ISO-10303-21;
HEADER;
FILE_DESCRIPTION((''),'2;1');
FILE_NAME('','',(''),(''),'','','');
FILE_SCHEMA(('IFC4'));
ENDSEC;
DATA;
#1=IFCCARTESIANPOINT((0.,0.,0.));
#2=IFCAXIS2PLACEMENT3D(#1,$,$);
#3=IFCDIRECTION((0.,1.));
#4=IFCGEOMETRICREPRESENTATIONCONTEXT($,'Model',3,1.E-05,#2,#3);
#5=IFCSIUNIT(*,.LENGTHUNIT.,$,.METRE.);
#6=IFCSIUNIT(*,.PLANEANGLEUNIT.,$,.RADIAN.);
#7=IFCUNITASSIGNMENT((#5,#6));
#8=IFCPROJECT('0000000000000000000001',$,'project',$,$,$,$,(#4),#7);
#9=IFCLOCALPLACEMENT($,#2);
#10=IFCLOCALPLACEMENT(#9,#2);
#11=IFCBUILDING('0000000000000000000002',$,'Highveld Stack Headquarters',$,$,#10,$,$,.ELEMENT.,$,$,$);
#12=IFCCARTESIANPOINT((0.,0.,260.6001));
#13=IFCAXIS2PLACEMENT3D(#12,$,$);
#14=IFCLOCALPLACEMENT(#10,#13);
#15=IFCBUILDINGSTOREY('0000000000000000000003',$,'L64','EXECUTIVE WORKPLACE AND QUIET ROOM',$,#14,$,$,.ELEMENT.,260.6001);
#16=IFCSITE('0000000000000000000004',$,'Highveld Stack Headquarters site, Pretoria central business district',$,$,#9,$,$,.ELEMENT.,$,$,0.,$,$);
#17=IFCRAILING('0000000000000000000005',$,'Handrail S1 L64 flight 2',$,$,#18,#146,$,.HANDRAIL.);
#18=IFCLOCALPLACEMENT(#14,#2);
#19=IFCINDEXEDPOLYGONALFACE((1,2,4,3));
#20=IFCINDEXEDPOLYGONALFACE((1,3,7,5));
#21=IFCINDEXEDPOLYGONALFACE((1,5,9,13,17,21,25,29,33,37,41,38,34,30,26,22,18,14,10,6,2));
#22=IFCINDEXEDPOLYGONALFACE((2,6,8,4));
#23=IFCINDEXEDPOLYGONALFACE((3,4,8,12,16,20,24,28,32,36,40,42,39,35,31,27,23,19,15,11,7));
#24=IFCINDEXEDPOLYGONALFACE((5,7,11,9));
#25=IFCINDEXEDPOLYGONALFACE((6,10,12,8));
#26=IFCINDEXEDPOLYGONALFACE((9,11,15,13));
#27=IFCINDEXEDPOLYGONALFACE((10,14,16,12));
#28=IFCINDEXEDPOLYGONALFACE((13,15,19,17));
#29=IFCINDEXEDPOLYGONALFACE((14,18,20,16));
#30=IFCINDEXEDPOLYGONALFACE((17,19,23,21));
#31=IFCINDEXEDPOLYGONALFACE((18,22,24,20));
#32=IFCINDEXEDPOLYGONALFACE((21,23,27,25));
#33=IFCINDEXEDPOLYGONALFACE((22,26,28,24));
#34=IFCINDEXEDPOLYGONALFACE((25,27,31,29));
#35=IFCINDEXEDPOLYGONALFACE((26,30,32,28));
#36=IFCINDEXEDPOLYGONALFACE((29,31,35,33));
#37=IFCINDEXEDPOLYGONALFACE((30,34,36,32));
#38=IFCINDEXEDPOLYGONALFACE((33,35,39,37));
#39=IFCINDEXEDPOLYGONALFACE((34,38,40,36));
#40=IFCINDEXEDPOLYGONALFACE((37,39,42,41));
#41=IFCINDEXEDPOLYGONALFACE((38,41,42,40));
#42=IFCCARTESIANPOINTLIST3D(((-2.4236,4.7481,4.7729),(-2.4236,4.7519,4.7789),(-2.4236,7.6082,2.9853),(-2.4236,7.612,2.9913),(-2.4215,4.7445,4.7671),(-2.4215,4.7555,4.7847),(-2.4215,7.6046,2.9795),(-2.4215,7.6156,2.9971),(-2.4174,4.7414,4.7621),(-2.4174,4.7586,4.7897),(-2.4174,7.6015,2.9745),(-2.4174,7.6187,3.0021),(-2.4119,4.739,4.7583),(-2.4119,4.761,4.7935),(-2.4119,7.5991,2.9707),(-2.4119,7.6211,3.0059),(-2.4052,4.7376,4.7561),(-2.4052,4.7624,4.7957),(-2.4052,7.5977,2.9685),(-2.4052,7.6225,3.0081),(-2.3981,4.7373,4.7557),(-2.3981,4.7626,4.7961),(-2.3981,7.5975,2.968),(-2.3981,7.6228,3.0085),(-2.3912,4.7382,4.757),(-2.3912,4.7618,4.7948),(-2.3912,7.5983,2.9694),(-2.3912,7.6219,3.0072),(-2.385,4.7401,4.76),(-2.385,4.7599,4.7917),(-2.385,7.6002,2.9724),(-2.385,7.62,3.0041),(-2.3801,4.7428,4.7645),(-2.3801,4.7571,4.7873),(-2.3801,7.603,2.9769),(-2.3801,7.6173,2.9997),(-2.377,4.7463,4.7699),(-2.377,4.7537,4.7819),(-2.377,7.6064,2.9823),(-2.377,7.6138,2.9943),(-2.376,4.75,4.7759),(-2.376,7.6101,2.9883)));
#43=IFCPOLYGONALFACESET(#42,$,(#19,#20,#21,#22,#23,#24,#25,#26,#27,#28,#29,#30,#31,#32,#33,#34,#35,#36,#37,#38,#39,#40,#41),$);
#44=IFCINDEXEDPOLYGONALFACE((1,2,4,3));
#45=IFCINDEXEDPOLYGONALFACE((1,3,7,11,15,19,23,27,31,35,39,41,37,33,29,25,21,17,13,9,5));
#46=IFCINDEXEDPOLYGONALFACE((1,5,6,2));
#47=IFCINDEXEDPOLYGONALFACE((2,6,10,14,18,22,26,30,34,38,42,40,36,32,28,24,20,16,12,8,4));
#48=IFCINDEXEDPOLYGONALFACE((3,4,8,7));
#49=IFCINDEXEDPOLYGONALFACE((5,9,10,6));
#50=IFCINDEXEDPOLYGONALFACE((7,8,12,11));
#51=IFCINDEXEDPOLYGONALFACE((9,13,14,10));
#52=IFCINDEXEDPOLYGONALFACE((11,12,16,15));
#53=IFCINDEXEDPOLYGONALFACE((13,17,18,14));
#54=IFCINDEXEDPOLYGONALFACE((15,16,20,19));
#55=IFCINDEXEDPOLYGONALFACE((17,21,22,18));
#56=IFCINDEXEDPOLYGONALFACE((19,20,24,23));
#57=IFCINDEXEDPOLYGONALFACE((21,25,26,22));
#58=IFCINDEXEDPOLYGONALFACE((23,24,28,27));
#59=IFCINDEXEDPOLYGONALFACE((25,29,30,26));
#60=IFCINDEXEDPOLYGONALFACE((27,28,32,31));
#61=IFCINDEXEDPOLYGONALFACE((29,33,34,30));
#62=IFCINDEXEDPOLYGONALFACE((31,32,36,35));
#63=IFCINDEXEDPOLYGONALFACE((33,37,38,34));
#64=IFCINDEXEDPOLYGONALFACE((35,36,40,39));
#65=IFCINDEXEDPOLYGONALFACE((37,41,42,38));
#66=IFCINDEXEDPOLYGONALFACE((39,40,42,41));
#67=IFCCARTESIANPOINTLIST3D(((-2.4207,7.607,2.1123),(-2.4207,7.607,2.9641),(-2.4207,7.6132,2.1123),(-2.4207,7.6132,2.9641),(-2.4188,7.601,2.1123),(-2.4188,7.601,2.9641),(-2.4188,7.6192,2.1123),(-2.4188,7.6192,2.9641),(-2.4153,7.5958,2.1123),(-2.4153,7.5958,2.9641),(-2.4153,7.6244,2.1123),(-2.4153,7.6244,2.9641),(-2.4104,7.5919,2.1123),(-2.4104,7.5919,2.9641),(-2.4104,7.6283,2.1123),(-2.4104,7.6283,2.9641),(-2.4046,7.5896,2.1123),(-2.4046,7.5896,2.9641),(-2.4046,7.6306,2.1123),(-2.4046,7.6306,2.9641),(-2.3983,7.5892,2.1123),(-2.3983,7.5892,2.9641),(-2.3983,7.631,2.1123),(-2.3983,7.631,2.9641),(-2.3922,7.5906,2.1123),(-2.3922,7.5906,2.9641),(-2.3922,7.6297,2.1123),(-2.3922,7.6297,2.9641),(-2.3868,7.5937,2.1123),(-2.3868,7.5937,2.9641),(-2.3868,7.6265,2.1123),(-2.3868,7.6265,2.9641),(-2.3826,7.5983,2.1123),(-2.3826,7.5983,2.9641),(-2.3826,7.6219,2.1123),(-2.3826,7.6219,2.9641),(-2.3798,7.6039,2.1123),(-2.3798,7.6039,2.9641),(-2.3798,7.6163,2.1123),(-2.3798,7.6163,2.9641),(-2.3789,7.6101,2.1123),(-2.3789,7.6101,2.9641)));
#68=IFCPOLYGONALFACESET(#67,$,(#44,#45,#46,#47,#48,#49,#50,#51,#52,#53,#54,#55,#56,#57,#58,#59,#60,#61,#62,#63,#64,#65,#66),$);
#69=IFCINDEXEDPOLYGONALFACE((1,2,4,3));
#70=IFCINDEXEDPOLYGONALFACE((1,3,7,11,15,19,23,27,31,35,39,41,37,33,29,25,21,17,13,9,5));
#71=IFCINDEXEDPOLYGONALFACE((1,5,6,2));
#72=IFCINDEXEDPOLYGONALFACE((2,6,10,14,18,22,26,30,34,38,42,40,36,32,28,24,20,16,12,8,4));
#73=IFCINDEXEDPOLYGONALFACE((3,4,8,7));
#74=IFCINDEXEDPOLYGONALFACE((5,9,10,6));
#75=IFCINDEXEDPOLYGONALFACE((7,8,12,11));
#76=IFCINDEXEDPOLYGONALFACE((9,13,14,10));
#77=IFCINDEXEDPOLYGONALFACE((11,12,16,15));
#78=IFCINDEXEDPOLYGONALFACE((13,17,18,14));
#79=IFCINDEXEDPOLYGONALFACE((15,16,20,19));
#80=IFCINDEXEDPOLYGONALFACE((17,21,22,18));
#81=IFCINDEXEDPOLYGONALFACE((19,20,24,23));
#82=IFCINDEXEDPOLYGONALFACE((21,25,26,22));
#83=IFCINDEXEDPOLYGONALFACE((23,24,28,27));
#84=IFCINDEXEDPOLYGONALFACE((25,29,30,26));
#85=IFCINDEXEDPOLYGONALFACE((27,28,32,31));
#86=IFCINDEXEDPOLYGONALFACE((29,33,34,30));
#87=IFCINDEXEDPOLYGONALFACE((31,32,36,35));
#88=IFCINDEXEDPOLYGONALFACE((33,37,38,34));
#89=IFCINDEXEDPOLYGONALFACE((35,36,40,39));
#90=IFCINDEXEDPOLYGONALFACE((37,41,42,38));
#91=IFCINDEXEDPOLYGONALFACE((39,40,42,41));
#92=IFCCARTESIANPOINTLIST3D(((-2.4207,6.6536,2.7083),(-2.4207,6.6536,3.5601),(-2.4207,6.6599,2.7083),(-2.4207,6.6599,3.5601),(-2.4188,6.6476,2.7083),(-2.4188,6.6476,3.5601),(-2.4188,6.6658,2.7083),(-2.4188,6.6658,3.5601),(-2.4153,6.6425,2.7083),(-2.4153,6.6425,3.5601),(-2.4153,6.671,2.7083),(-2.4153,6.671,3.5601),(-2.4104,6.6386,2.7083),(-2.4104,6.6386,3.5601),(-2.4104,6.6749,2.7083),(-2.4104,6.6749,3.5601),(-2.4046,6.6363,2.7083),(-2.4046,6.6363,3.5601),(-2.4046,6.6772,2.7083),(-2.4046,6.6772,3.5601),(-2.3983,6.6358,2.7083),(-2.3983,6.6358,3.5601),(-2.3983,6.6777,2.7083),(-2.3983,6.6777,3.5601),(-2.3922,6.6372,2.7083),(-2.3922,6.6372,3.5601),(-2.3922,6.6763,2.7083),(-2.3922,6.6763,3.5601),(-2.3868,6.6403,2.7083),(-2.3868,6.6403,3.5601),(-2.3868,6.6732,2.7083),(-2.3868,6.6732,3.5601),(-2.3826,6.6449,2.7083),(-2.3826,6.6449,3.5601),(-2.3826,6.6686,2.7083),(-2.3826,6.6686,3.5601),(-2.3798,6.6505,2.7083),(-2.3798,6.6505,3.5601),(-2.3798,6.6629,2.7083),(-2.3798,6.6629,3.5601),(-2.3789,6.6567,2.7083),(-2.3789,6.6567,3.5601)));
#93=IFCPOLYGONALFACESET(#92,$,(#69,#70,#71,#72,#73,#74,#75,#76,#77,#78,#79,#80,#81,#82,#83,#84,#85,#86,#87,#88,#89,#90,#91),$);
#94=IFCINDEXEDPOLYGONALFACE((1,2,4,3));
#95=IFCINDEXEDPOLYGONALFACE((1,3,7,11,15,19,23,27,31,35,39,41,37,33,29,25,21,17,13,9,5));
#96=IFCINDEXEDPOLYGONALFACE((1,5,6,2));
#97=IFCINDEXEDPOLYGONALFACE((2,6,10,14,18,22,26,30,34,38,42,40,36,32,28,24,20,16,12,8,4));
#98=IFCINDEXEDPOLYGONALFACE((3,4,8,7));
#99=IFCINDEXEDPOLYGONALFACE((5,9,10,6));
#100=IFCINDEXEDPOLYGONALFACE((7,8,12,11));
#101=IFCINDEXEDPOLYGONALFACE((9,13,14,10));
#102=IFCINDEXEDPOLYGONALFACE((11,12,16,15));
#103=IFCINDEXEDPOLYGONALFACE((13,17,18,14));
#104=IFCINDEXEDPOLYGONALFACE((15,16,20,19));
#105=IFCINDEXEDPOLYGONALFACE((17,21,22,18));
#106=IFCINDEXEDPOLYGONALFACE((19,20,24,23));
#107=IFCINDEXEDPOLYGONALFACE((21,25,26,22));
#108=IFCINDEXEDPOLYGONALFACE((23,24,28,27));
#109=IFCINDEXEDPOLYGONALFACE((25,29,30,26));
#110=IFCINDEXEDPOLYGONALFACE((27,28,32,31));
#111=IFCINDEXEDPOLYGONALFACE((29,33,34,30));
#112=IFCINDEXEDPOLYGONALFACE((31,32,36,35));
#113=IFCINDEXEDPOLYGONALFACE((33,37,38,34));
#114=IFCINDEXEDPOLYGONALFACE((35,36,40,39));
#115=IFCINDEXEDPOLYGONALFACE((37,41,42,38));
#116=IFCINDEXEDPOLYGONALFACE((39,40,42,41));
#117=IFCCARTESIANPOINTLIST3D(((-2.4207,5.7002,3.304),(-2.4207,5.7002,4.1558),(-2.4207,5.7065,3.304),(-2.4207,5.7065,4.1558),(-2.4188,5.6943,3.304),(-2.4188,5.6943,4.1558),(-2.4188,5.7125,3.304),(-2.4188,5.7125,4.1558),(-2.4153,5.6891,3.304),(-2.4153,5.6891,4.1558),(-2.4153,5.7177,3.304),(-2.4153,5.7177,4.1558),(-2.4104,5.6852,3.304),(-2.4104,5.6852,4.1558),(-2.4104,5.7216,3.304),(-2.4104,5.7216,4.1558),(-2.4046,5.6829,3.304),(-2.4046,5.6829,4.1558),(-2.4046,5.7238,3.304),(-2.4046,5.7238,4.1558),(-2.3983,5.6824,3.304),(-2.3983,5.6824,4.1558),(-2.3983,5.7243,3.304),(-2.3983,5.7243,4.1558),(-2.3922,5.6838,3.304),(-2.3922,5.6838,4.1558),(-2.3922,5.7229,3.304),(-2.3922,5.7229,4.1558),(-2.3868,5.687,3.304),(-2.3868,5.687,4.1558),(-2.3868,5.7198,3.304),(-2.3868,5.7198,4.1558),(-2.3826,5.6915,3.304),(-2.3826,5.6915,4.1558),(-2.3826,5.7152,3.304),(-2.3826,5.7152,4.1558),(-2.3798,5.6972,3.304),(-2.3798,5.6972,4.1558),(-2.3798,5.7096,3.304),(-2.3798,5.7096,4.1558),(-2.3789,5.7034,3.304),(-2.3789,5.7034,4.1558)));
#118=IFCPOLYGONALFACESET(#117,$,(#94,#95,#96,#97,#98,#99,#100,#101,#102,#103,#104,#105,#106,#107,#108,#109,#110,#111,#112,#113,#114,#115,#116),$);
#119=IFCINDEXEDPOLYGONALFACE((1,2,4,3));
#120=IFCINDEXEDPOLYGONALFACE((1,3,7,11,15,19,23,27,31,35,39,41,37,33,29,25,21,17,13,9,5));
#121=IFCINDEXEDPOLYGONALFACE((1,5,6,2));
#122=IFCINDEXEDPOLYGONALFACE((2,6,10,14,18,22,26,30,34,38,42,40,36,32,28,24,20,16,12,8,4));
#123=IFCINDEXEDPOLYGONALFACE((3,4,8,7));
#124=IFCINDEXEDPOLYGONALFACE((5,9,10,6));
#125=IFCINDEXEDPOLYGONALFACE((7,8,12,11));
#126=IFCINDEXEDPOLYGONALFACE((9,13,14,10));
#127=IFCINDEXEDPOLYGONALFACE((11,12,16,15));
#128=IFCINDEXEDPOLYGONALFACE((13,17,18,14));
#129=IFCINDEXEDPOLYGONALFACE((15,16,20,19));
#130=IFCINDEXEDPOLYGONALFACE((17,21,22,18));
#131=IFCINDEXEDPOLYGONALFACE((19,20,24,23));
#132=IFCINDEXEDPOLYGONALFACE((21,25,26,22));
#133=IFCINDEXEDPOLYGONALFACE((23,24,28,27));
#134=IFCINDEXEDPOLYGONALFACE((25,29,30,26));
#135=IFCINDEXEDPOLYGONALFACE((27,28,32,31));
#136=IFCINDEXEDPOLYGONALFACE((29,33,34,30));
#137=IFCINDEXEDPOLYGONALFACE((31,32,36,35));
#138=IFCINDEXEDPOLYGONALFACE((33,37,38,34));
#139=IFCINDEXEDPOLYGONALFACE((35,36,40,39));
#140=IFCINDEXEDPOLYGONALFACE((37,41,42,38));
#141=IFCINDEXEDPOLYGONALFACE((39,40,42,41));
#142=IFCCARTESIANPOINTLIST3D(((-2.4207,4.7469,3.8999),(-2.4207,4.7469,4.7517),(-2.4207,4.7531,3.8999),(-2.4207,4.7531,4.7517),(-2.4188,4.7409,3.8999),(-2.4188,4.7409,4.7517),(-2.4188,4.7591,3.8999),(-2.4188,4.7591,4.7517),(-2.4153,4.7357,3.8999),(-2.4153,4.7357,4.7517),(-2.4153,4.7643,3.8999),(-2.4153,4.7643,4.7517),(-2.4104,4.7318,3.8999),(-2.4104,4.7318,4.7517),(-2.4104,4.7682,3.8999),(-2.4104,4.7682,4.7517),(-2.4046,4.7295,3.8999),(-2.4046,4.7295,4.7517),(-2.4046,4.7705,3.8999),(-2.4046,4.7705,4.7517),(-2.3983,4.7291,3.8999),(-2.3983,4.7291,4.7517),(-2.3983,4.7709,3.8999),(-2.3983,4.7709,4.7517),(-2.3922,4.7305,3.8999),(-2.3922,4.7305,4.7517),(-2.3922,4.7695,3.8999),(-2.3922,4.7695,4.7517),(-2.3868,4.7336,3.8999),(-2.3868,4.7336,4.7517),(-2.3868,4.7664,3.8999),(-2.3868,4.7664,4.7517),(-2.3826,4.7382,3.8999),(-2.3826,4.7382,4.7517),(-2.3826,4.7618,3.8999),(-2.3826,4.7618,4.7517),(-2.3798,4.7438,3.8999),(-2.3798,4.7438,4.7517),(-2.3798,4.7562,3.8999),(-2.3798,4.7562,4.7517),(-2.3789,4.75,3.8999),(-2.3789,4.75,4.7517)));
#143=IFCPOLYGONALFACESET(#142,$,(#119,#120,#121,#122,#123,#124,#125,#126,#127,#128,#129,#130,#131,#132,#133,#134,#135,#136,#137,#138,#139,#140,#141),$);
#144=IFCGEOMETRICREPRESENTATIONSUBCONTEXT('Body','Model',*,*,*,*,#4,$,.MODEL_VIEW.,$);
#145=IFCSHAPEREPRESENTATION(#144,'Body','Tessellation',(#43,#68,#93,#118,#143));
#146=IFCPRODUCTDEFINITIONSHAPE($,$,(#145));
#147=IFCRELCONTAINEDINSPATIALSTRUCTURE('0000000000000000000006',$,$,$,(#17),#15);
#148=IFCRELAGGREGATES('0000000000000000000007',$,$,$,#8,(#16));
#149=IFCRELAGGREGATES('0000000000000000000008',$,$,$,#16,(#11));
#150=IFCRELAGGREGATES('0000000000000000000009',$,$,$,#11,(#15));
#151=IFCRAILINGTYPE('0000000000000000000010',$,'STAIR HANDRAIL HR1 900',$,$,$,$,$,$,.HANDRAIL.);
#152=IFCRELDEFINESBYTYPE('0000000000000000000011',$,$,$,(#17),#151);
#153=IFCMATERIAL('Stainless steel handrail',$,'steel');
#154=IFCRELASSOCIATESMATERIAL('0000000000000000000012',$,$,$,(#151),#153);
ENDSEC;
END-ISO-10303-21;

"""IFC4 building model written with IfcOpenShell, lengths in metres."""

from ifc_helpers import new_model, si_unit, direction, frame, origin, origin_2d, place, context, subcontext, project, spatial, circle, extrude, material, type_object, element, save


model = new_model("IFC4")

# Units and contexts
model_context = context("Model", 3, precision=1e-05, world=origin(), true_north=direction((0.0, 1.0)))
body_context = subcontext(model_context, "Body", "Model", "MODEL_VIEW")
ifc_project = project(units=[si_unit("LENGTHUNIT", "METRE"), si_unit("PLANEANGLEUNIT", "RADIAN")], contexts=[model_context])

# Site, building, storey
site_placement = place(None, origin())
site = spatial("IfcSite", under=ifc_project, at=site_placement, Name="Highveld Stack Headquarters site, Pretoria central business district", CompositionType="ELEMENT", RefElevation=0.0)
building_placement = place(site_placement, origin())
building = spatial("IfcBuilding", under=site, at=building_placement, Name="Highveld Stack Headquarters", CompositionType="ELEMENT")
storey_placement = place(building_placement, frame((0.0, 0.0, 260.6001)))
storey = spatial("IfcBuildingStorey", under=building, at=storey_placement, Name="L64", Description="EXECUTIVE WORKPLACE AND QUIET ROOM", CompositionType="ELEMENT", Elevation=260.6001)

# Railing
ifc_material_1 = material(Name="Stainless steel handrail", Category="steel")
railing_type = type_object("IfcRailingType", Name="STAIR HANDRAIL HR1 900", PredefinedType="HANDRAIL", material=ifc_material_1)
for number, where, name in (
    (1, (-2.3999, 7.6101, 2.1123), "Handrail S1 L64 flight 2"),
):
    element("IfcRailing", number, at=place(storey_placement, frame(where)), inside=storey, type_object=railing_type, Name=name, PredefinedType="HANDRAIL", context=body_context, shape_type="SweptSolid", body=[
        extrude(circle(Radius=0.0239, at=origin_2d()), frame((0.0, 0.0, 0.876), z_axis=(0.0, -0.847994, 0.530005), x_axis=(1.0, 0.0, 0.0)), (0.0, 0.0, 1.0), 3.3728),
        extrude(circle(Radius=0.021, at=origin_2d()), origin(), (0.0, 0.0, 1.0), 0.8518),
        extrude(circle(Radius=0.021, at=origin_2d()), frame((0.0, -0.9534, 0.5959)), (0.0, 0.0, 1.0), 0.8518),
        extrude(circle(Radius=0.021, at=origin_2d()), frame((0.0, -1.9067, 1.1917)), (0.0, 0.0, 1.0), 0.8518),
        extrude(circle(Radius=0.021, at=origin_2d()), frame((0.0, -2.8601, 1.7876)), (0.0, 0.0, 1.0), 0.8518),
    ])

save(model, "model.ifc")
